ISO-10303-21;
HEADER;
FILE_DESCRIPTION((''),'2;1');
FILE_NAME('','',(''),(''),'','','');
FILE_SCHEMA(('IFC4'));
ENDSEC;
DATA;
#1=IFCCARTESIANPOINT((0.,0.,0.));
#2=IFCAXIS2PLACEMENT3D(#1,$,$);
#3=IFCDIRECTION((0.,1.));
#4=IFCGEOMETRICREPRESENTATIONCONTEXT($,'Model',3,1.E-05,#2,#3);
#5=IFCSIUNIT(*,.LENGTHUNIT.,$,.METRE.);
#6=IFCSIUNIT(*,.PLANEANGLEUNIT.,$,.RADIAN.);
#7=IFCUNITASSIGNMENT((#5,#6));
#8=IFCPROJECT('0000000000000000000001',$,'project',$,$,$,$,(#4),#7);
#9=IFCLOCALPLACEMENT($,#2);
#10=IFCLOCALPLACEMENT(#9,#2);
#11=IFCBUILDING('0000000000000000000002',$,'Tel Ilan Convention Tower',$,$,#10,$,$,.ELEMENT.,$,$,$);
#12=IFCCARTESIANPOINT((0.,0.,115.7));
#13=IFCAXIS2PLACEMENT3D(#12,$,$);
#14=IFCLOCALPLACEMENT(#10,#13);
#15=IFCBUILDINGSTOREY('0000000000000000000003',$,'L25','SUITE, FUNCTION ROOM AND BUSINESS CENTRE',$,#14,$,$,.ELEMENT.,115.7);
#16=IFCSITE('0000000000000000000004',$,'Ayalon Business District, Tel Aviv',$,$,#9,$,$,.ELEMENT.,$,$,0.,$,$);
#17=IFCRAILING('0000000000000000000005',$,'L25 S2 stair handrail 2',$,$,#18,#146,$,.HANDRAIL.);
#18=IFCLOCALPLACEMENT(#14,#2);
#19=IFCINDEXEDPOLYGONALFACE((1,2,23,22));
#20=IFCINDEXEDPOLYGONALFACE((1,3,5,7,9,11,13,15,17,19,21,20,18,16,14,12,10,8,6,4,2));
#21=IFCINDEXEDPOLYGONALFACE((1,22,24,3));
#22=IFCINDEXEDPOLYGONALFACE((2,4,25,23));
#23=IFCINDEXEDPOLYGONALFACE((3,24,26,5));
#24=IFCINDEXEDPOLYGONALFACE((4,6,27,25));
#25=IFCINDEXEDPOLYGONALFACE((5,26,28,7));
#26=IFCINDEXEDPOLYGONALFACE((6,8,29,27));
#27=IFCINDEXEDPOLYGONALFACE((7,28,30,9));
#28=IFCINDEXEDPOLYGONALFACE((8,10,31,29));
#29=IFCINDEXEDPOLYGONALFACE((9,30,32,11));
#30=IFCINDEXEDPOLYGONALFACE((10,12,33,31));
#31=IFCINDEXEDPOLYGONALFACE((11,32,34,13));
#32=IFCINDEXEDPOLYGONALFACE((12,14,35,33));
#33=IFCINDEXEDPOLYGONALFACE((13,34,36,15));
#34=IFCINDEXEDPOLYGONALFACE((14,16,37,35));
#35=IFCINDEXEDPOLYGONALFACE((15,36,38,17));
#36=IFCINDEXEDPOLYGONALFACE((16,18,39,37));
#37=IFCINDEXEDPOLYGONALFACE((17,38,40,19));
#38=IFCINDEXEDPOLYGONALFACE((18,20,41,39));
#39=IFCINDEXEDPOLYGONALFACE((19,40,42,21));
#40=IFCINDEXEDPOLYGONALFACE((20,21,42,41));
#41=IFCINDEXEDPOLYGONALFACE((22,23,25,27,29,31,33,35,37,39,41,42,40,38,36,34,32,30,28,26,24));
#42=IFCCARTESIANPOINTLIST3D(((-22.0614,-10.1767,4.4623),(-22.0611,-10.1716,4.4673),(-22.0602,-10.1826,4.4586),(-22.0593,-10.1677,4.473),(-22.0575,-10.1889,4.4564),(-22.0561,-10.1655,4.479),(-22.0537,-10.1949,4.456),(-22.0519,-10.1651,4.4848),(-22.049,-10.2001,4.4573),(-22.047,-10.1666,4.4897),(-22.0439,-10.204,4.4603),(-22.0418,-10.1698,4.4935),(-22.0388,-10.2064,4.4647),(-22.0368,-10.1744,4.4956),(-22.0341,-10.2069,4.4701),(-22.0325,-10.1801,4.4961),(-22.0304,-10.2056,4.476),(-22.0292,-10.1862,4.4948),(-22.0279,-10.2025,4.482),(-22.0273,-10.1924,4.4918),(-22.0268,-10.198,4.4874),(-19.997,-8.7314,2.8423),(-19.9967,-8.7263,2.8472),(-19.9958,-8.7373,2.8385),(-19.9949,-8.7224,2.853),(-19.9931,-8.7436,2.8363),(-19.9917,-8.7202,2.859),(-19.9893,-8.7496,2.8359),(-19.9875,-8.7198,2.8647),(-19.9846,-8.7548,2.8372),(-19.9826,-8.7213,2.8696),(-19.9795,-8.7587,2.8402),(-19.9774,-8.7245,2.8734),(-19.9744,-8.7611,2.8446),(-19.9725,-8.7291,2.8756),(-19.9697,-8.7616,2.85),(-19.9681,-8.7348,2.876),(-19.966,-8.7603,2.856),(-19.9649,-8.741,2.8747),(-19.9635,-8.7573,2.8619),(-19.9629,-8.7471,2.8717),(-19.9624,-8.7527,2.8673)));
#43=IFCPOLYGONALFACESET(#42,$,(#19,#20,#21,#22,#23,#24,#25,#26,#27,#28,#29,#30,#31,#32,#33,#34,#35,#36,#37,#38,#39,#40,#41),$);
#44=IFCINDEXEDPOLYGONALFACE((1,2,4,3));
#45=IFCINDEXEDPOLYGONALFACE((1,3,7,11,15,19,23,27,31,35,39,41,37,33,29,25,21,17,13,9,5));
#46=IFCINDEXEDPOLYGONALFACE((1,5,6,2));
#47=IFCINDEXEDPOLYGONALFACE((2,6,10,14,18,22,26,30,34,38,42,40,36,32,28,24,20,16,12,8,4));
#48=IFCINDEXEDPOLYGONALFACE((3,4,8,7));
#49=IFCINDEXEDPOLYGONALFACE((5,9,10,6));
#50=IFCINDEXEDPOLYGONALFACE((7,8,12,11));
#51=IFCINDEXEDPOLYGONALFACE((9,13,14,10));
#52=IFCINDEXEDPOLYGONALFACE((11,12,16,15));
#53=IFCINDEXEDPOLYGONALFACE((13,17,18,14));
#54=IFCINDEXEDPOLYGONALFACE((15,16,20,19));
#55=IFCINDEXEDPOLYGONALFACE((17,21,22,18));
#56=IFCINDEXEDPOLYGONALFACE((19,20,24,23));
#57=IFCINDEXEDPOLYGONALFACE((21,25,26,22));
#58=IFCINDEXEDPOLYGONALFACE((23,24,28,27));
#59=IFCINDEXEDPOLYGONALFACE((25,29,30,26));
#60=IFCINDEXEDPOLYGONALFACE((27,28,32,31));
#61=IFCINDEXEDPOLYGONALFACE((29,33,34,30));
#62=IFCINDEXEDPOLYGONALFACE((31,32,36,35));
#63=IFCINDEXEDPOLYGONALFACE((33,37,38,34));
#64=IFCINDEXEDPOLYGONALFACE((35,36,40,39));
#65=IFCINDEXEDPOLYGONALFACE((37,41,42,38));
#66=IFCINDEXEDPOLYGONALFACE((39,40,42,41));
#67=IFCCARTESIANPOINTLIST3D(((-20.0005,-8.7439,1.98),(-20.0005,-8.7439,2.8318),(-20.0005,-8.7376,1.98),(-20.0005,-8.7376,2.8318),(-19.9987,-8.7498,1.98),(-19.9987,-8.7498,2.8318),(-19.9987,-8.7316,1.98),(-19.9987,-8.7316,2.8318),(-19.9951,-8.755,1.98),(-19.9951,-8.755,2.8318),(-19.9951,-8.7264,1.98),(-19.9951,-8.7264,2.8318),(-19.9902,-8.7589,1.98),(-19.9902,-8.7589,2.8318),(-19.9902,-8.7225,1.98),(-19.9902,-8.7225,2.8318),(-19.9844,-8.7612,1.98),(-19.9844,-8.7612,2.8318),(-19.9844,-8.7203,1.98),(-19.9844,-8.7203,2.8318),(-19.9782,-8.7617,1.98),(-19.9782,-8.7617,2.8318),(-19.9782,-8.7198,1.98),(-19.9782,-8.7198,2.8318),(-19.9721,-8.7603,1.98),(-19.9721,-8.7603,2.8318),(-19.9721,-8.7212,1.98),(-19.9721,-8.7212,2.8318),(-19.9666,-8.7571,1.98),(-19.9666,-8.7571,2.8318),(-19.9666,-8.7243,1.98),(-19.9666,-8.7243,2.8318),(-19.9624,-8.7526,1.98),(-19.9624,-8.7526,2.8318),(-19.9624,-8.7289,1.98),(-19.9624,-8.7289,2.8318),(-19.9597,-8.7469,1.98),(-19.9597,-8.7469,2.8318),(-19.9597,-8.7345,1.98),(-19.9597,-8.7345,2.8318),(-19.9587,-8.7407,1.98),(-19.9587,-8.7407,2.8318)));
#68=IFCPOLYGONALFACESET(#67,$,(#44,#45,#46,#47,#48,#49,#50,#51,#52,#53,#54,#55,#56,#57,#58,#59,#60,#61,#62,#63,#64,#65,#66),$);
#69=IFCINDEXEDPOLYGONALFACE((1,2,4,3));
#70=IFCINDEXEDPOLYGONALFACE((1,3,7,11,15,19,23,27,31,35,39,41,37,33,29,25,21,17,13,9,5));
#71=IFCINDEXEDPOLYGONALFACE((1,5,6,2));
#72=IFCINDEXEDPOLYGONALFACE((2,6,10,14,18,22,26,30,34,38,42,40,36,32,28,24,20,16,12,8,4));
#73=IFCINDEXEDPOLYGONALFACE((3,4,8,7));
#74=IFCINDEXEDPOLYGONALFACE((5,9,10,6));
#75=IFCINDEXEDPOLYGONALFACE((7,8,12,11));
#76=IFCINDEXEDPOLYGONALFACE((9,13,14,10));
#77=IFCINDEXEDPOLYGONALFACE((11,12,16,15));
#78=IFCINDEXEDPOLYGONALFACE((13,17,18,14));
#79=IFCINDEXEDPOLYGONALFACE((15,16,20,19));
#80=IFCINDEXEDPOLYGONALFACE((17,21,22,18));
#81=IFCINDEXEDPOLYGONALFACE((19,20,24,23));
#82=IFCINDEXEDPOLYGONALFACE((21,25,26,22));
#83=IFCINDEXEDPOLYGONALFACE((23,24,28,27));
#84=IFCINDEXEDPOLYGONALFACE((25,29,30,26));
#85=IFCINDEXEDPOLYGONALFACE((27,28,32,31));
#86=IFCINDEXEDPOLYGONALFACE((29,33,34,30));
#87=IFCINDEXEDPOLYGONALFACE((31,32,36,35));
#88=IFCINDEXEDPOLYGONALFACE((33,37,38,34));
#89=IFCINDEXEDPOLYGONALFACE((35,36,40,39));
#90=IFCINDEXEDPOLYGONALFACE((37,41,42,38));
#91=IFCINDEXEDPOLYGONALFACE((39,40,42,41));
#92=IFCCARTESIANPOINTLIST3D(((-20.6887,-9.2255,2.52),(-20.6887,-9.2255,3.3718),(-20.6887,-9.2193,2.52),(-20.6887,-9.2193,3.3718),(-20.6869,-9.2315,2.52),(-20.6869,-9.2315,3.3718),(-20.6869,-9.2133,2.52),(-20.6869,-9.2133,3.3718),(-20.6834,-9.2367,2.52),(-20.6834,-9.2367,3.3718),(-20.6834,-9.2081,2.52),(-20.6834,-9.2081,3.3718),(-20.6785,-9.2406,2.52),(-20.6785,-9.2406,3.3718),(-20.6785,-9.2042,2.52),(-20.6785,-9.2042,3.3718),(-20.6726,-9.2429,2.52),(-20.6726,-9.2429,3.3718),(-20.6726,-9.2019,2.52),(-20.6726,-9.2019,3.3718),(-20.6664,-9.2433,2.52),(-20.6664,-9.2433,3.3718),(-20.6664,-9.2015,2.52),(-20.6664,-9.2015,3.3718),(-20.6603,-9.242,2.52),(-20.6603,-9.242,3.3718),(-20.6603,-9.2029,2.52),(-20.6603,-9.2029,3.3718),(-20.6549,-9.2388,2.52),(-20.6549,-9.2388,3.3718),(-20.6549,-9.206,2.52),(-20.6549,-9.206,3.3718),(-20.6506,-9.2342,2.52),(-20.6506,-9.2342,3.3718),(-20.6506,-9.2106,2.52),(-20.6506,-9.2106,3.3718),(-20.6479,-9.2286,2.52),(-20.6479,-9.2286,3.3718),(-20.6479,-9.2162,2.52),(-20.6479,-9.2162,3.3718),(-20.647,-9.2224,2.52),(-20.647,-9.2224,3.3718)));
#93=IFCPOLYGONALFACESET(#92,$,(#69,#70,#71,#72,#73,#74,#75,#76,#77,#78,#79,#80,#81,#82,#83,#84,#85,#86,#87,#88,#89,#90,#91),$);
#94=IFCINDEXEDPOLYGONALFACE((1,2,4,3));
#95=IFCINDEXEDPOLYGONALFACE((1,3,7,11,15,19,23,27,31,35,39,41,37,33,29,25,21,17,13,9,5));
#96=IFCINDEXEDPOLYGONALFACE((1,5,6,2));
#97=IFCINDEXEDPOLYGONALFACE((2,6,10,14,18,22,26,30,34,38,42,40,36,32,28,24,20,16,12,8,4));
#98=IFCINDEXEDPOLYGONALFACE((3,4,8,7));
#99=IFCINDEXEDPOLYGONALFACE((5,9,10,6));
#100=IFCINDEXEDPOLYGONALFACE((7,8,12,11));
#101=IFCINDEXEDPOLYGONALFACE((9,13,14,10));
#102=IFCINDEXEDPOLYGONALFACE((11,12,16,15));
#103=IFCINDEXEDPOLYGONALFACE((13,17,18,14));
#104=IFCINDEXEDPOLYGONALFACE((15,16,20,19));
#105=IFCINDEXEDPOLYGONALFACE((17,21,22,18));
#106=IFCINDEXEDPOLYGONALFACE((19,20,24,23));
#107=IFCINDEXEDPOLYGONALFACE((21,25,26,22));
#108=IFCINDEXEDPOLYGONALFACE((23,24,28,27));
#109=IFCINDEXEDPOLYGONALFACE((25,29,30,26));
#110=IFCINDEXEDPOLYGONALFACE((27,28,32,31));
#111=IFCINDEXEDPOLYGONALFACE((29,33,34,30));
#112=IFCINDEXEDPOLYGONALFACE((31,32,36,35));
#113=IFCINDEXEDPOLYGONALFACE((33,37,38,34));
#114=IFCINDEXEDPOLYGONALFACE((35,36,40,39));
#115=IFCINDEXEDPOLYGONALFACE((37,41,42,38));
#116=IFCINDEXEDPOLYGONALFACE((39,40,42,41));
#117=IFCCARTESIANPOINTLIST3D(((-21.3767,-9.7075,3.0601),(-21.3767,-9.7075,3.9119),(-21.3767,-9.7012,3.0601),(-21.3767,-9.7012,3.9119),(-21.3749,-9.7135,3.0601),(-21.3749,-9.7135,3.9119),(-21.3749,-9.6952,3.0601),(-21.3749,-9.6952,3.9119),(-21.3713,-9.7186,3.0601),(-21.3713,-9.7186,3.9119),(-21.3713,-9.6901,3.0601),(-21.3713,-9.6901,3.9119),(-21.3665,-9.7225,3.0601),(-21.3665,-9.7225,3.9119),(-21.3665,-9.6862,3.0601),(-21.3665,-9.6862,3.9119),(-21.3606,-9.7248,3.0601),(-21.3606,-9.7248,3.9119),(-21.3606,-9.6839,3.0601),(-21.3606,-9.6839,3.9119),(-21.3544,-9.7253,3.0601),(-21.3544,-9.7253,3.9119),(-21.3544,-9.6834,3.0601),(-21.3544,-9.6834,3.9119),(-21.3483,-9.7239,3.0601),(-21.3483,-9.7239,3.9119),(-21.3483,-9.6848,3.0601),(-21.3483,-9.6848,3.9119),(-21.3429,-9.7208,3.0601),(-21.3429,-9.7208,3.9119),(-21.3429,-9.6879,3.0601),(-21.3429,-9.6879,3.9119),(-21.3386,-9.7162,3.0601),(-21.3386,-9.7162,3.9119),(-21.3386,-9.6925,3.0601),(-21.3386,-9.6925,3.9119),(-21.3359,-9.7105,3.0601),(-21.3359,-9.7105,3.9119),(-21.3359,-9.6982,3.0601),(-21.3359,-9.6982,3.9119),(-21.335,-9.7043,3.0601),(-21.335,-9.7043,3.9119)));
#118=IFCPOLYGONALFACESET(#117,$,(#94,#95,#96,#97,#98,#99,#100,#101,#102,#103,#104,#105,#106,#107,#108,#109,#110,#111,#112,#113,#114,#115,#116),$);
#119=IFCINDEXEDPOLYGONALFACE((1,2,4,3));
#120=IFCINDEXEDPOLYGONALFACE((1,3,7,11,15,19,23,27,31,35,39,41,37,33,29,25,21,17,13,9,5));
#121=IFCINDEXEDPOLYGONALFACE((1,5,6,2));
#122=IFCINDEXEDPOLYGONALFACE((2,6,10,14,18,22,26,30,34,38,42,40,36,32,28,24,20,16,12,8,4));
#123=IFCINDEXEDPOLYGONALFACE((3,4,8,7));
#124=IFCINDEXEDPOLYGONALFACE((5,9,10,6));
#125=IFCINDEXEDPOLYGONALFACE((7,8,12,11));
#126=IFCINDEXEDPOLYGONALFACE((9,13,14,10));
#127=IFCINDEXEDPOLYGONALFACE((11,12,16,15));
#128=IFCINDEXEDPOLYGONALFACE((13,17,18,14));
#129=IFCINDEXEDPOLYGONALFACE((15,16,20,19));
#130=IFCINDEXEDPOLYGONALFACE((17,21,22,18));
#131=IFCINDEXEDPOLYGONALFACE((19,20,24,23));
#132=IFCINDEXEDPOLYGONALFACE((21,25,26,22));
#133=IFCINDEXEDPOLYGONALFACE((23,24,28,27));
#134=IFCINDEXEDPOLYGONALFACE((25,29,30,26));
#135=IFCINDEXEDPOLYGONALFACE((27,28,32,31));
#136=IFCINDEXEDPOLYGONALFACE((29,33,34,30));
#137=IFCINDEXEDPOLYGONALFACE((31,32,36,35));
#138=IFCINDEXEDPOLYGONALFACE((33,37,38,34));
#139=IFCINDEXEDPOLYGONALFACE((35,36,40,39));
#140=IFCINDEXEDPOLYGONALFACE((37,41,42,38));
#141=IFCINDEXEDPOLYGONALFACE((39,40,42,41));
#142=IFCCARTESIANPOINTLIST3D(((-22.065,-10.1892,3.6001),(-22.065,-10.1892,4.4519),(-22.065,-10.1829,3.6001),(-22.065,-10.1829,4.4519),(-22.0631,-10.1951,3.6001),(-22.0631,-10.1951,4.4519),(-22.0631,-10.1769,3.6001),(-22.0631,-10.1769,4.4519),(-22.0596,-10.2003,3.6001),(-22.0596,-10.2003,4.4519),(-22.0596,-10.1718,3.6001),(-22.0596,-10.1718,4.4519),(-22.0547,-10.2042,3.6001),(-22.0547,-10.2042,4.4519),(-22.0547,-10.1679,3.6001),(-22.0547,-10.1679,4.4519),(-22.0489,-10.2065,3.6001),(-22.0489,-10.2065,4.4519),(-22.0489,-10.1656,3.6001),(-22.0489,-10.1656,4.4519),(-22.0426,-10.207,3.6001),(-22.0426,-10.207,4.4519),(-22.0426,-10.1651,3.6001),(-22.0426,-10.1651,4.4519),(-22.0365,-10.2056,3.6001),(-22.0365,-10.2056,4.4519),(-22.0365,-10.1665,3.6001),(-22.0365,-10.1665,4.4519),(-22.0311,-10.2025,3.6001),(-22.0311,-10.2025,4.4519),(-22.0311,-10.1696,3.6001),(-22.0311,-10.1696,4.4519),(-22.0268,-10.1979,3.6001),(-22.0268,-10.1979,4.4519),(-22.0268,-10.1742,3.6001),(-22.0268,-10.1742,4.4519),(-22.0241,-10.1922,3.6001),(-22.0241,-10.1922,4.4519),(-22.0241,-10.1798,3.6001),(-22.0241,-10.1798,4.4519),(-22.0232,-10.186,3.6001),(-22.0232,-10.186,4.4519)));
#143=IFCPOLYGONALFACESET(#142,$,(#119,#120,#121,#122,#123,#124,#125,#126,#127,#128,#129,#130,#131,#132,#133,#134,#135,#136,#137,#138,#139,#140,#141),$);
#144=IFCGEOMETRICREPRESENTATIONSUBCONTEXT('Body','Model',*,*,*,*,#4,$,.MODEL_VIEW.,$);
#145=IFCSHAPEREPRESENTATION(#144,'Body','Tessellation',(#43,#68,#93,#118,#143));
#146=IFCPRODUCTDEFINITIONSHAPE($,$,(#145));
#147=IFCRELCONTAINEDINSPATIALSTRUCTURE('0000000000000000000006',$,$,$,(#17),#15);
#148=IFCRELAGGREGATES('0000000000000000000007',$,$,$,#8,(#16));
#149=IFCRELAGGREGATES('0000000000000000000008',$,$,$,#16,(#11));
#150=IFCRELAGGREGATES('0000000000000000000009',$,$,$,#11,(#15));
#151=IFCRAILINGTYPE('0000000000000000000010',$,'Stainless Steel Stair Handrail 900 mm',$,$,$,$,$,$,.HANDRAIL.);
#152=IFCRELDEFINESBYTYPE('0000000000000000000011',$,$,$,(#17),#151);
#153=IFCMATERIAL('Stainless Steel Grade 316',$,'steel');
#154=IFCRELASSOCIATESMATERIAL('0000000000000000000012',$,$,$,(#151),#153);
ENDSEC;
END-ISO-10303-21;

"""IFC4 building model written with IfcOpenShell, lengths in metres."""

from ifc_helpers import new_model, si_unit, direction, frame, origin, origin_2d, place, context, subcontext, project, spatial, circle, extrude, material, type_object, element, save


model = new_model("IFC4")

# Units and contexts
model_context = context("Model", 3, precision=1e-05, world=origin(), true_north=direction((0.0, 1.0)))
body_context = subcontext(model_context, "Body", "Model", "MODEL_VIEW")
ifc_project = project(units=[si_unit("LENGTHUNIT", "METRE"), si_unit("PLANEANGLEUNIT", "RADIAN")], contexts=[model_context])

# Site, building, storey
site_placement = place(None, origin())
site = spatial("IfcSite", under=ifc_project, at=site_placement, Name="Ayalon Business District, Tel Aviv", CompositionType="ELEMENT", RefElevation=0.0)
building_placement = place(site_placement, origin())
building = spatial("IfcBuilding", under=site, at=building_placement, Name="Tel Ilan Convention Tower", CompositionType="ELEMENT")
storey_placement = place(building_placement, frame((0.0, 0.0, 115.7)))
storey = spatial("IfcBuildingStorey", under=building, at=storey_placement, Name="L25", Description="SUITE, FUNCTION ROOM AND BUSINESS CENTRE", CompositionType="ELEMENT", Elevation=115.7)

# Railing
ifc_material_1 = material(Name="Stainless Steel Grade 316", Category="steel")
railing_type_1 = type_object("IfcRailingType", Name="Stainless Steel Stair Handrail 900 mm", PredefinedType="HANDRAIL", material=ifc_material_1)
railing_1_placement = place(storey_placement, frame((-19.9797, -8.7407, 1.98)))
element("IfcRailing", 1, at=railing_1_placement, inside=storey, type_object=railing_type_1, Name="L25 S2 stair handrail 2", PredefinedType="HANDRAIL", context=body_context, shape_type="SweptSolid", body=[
    extrude(circle(Radius=0.0239, at=origin_2d()), frame((0.0, 0.0, 0.876), z_axis=(-0.689083, -0.482423, 0.54077), x_axis=(0.573514, -0.819196, 0.0)), (0.0, 0.0, 1.0), 2.9958),
    extrude(circle(Radius=0.021, at=origin_2d()), origin(), (0.0, 0.0, 1.0), 0.8518),
    extrude(circle(Radius=0.021, at=origin_2d()), frame((-0.6882, -0.4817, 0.54)), (0.0, 0.0, 1.0), 0.8518),
    extrude(circle(Radius=0.021, at=origin_2d()), frame((-1.3762, -0.9636, 1.0801)), (0.0, 0.0, 1.0), 0.8518),
    extrude(circle(Radius=0.021, at=origin_2d()), frame((-2.0645, -1.4453, 1.6201)), (0.0, 0.0, 1.0), 0.8518),
])

save(model, "model.ifc")
